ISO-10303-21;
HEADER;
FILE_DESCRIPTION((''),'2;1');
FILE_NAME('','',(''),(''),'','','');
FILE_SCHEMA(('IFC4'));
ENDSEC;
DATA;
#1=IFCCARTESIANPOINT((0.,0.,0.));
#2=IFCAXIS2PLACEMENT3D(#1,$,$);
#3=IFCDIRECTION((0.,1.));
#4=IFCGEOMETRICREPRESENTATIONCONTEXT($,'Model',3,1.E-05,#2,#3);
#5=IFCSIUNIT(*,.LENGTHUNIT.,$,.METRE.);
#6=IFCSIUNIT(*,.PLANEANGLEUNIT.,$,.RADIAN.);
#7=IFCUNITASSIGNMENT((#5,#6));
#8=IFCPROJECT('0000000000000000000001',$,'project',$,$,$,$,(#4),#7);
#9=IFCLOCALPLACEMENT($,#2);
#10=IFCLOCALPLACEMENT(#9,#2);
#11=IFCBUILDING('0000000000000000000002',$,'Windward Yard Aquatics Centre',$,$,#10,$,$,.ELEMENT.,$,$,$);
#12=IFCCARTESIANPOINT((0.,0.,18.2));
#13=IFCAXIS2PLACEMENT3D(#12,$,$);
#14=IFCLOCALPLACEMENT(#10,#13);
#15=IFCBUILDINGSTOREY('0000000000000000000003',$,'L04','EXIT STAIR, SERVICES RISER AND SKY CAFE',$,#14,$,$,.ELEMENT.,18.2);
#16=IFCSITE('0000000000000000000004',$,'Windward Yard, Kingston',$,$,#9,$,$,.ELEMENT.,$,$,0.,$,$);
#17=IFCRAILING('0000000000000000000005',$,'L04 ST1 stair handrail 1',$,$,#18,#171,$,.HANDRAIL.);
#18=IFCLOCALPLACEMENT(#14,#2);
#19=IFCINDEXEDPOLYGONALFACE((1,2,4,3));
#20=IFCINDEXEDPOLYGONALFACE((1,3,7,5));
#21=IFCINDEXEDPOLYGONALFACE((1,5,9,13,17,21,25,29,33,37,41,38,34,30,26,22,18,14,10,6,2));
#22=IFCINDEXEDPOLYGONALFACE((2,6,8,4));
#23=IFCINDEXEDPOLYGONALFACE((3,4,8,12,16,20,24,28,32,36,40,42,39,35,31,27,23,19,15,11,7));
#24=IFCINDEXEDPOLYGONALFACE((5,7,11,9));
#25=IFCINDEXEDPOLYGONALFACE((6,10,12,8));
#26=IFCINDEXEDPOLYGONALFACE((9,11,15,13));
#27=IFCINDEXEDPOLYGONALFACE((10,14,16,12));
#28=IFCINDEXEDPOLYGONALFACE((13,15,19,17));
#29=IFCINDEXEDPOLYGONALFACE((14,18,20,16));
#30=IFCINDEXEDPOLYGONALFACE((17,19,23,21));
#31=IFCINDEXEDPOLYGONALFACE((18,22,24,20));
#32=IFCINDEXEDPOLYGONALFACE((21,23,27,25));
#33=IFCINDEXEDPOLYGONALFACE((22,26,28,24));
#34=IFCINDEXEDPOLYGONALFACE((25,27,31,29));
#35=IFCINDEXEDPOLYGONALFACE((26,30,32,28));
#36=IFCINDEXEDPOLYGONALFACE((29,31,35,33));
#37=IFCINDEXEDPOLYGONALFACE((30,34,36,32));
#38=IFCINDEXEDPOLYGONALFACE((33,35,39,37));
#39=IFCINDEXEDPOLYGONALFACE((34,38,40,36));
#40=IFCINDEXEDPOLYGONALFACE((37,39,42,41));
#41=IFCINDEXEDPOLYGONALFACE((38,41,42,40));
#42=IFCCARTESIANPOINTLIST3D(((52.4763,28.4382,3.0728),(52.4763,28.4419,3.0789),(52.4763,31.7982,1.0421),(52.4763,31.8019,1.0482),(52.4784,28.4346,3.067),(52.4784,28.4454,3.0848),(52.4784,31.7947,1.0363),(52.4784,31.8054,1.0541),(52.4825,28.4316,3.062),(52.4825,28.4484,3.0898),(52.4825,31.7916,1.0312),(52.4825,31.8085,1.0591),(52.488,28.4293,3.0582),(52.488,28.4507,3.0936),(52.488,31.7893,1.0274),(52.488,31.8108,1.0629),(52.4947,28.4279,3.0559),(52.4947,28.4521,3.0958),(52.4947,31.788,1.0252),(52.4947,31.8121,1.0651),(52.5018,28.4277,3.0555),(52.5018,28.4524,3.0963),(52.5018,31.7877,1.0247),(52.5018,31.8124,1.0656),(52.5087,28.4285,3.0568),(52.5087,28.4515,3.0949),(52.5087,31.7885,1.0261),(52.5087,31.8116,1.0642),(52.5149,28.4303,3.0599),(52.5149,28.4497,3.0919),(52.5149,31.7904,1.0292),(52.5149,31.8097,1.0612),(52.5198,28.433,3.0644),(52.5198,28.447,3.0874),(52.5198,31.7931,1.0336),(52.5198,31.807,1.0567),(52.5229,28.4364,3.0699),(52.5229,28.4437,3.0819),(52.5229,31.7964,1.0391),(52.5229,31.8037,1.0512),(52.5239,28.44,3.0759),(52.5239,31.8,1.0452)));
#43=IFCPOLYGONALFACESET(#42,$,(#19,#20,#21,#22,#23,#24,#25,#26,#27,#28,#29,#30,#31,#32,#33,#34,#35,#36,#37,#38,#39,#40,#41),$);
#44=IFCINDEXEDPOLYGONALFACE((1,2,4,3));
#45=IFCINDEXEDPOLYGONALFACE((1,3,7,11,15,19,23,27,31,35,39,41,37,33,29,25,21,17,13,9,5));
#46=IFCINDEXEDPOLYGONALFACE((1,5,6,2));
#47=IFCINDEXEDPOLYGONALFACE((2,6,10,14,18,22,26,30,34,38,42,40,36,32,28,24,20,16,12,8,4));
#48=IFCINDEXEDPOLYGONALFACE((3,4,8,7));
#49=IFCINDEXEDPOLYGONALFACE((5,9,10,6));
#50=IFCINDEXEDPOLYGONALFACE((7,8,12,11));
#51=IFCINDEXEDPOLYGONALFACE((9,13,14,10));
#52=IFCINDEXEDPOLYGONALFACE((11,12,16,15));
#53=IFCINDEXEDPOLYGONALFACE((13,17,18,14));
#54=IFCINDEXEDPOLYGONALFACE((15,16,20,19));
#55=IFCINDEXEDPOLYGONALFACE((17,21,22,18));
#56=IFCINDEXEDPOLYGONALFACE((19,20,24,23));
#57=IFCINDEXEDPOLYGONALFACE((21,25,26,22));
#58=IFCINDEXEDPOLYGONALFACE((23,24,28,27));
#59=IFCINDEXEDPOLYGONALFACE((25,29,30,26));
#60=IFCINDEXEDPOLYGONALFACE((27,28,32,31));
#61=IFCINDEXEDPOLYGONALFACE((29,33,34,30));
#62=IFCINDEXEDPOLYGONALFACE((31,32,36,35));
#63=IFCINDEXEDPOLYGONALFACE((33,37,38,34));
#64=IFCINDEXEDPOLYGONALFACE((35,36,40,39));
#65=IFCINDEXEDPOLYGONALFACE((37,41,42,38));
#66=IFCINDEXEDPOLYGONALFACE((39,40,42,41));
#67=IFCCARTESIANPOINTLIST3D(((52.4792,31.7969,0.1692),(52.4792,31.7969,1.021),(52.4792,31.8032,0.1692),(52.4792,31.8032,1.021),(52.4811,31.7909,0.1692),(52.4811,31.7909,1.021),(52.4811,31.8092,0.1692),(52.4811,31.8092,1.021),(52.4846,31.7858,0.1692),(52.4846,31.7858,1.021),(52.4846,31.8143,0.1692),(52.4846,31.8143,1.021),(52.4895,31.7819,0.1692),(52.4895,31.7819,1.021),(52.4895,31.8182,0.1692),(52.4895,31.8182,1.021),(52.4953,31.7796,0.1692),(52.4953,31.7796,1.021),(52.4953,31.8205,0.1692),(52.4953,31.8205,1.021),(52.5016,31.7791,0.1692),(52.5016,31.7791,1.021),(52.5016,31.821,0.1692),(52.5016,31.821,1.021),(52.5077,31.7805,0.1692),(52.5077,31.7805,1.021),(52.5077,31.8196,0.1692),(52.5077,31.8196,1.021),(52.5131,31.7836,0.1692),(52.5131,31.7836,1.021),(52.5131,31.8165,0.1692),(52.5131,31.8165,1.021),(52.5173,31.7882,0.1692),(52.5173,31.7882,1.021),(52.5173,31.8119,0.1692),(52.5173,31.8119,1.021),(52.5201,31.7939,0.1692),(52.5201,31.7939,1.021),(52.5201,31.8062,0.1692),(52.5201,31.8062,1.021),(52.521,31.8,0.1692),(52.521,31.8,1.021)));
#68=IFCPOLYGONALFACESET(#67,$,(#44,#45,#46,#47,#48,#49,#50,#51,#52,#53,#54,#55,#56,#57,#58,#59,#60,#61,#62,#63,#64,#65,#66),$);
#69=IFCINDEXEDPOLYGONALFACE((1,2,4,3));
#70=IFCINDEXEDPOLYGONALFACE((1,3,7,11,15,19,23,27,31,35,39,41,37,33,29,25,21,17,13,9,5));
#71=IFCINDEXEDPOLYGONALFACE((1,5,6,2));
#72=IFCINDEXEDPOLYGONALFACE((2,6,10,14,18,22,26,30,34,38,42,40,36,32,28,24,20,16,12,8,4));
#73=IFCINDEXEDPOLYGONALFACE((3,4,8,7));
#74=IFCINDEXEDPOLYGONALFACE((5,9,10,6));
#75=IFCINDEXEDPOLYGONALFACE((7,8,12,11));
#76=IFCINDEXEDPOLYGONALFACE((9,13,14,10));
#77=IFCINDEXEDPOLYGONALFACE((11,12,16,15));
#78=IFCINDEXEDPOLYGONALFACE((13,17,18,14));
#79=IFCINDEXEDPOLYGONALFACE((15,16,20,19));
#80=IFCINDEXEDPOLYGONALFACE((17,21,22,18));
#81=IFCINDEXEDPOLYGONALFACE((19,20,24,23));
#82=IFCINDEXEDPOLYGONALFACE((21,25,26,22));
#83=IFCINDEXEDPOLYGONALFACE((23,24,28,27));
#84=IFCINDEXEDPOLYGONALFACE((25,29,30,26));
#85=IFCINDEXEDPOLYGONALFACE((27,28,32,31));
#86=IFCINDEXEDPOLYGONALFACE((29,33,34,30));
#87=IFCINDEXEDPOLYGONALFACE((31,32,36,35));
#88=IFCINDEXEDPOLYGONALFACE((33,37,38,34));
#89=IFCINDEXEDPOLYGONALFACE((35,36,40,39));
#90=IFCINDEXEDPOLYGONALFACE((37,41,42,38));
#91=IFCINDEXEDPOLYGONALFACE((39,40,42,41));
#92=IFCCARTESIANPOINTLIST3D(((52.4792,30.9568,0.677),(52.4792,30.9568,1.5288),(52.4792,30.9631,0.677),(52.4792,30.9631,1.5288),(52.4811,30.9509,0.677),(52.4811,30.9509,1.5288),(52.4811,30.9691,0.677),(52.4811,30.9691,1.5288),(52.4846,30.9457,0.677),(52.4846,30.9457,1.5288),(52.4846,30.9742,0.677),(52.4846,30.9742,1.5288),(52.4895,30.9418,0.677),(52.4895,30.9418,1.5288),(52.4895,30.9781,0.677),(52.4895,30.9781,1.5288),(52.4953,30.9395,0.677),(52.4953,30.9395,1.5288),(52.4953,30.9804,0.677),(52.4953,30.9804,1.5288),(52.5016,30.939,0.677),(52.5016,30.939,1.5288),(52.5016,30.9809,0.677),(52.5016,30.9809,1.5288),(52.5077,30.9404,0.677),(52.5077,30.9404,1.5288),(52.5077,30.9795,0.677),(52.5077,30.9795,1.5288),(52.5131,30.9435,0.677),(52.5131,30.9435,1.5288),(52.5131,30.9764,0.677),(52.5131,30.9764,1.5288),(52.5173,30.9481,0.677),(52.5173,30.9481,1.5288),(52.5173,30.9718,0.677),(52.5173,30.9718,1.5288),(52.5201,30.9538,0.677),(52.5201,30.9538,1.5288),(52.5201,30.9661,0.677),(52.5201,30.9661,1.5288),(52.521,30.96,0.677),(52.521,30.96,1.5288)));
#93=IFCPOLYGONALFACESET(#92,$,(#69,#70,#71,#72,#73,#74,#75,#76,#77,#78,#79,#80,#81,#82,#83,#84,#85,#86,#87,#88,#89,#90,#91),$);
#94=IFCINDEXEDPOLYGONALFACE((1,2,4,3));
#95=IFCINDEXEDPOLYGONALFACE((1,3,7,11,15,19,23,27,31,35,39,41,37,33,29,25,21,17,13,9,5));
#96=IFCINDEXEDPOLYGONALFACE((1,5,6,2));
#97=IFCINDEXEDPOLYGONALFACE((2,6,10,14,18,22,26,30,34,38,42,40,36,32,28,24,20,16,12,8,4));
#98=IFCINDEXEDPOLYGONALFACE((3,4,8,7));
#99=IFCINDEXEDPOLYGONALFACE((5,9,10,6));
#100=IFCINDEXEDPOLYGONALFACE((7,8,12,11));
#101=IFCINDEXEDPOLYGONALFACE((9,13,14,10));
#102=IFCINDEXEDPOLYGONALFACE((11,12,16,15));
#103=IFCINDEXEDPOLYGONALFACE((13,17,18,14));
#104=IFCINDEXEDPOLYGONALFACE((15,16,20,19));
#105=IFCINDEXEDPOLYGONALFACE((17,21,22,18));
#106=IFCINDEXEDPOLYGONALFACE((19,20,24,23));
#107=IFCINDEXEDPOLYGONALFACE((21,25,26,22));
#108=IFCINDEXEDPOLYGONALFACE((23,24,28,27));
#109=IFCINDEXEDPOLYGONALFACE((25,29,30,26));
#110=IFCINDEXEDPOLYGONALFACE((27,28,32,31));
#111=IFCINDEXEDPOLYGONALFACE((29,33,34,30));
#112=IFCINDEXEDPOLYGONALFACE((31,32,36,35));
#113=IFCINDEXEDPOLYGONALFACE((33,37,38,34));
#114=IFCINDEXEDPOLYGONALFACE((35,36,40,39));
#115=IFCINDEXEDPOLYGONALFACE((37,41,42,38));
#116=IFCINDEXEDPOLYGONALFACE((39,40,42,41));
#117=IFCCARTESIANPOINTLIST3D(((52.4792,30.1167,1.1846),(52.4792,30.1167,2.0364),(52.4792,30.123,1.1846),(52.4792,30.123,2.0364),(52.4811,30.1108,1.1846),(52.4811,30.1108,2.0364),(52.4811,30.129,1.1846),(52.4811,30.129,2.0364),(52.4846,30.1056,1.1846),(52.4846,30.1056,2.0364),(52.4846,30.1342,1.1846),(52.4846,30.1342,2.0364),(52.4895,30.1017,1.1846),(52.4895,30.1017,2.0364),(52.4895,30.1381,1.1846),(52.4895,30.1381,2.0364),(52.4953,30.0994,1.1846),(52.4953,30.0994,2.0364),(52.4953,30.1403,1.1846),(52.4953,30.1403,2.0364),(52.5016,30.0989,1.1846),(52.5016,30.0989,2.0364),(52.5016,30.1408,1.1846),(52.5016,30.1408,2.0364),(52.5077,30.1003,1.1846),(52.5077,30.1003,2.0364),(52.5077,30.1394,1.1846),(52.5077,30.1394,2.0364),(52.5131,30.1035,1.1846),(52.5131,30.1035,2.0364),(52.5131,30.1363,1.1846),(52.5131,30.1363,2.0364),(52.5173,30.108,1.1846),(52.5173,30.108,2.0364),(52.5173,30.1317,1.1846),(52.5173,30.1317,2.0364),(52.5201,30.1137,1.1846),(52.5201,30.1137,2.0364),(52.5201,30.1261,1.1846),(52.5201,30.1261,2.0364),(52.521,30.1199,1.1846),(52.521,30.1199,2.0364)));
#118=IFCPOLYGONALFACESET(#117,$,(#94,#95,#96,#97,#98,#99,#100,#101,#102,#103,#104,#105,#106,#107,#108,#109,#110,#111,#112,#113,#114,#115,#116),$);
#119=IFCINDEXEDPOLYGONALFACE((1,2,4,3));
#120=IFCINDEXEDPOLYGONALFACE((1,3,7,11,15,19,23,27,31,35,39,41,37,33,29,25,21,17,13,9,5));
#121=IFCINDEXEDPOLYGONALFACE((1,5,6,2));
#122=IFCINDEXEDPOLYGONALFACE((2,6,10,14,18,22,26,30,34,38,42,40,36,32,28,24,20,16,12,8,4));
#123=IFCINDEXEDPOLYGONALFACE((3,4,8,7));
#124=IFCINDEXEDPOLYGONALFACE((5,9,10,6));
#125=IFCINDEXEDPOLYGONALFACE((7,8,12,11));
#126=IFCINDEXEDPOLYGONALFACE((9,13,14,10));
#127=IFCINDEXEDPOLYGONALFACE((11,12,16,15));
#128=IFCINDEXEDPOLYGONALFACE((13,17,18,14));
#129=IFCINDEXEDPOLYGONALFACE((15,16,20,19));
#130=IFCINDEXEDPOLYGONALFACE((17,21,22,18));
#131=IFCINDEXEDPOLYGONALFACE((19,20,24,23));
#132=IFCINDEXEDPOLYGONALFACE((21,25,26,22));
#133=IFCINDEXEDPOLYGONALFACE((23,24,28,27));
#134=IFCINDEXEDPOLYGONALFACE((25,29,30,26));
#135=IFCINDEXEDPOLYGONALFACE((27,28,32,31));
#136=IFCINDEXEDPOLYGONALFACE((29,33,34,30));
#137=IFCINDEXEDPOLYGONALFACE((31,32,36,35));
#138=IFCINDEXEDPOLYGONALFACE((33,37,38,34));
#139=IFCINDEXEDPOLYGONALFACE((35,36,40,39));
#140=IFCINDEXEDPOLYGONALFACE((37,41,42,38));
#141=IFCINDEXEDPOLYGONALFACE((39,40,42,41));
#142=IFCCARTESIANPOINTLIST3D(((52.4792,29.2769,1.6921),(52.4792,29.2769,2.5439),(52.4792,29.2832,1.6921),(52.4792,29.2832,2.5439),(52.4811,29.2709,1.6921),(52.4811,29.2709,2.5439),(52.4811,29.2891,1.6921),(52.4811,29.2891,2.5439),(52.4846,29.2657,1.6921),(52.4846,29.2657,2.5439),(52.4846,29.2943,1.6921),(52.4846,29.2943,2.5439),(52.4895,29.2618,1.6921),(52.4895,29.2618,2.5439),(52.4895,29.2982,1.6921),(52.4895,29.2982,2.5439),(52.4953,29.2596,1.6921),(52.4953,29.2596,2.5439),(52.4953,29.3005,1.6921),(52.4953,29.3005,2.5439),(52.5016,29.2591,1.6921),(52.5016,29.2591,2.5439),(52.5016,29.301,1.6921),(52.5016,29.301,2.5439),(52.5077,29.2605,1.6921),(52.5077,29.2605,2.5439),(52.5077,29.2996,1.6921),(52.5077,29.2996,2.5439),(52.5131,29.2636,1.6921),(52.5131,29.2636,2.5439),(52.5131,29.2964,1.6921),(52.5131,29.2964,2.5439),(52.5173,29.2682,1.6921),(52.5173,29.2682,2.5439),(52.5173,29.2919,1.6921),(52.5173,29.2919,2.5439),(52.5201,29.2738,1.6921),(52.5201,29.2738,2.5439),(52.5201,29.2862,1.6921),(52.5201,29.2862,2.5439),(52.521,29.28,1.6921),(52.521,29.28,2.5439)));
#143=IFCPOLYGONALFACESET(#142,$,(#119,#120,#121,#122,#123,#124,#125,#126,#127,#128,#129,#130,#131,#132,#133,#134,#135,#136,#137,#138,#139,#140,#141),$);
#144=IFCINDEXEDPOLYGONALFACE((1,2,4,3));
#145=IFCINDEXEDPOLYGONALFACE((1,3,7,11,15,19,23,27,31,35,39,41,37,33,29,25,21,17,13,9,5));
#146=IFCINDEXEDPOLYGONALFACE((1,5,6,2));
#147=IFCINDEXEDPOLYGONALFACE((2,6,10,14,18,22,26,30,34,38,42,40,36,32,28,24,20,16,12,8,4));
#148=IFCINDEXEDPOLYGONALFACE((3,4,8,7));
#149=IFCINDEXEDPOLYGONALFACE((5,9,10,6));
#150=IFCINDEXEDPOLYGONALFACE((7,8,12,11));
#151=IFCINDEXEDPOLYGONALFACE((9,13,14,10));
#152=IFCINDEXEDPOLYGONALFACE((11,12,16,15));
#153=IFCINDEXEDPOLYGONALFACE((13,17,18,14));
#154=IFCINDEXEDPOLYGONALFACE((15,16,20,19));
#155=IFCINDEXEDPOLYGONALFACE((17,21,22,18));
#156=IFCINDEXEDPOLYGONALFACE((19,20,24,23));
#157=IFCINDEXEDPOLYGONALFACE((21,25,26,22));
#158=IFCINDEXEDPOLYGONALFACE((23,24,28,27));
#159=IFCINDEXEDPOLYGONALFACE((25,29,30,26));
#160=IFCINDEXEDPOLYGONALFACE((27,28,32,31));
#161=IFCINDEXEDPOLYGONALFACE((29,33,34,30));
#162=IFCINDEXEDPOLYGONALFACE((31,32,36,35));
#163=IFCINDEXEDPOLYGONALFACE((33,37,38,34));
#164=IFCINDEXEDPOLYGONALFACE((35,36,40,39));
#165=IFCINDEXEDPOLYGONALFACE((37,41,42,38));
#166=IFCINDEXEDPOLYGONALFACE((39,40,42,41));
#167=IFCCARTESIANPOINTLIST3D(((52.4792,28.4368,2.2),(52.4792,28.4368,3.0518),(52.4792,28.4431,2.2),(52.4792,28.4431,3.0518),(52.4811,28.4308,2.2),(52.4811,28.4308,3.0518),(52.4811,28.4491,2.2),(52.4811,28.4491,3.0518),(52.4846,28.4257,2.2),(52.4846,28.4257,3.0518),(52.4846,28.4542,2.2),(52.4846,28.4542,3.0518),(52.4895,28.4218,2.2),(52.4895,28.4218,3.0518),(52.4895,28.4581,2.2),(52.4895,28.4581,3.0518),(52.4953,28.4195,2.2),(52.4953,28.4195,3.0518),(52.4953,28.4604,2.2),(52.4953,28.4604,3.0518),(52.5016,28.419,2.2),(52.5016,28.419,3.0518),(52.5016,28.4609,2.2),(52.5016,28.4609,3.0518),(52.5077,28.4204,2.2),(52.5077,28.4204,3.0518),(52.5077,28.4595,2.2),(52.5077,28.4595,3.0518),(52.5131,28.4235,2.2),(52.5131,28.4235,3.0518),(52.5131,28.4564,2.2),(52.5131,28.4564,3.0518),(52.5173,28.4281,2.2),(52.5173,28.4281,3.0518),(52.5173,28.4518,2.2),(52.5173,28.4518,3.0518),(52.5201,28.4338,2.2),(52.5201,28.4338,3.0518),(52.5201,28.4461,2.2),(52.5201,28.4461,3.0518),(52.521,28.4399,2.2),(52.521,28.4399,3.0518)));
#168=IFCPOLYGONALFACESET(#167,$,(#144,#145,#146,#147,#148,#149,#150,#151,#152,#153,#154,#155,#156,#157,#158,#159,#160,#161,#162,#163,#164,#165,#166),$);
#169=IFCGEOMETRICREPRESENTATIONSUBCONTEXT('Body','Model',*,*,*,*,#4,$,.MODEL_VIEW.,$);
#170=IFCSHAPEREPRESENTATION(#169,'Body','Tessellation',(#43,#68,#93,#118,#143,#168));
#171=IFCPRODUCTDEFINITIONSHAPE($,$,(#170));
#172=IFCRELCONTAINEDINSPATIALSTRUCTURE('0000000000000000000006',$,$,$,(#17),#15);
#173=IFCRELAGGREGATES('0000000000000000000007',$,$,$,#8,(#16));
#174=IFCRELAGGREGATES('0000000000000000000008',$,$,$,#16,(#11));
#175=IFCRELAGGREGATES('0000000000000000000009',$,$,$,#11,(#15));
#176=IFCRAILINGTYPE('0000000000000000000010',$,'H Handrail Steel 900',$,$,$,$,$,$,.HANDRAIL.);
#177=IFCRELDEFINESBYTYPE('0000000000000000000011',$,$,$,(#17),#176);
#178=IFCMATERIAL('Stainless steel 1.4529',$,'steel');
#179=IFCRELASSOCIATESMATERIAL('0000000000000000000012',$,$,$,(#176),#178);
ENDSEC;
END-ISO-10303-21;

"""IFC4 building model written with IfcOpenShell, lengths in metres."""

from ifc_helpers import new_model, si_unit, direction, frame, origin, origin_2d, place, context, subcontext, project, spatial, circle, extrude, material, type_object, element, save


model = new_model("IFC4")

# Units and contexts
model_context = context("Model", 3, precision=1e-05, world=origin(), true_north=direction((0.0, 1.0)))
body_context = subcontext(model_context, "Body", "Model", "MODEL_VIEW")
ifc_project = project(units=[si_unit("LENGTHUNIT", "METRE"), si_unit("PLANEANGLEUNIT", "RADIAN")], contexts=[model_context])

# Site, building, storey
site_placement = place(None, origin())
site = spatial("IfcSite", under=ifc_project, at=site_placement, Name="Windward Yard, Kingston", CompositionType="ELEMENT", RefElevation=0.0)
building_placement = place(site_placement, origin())
building = spatial("IfcBuilding", under=site, at=building_placement, Name="Windward Yard Aquatics Centre", CompositionType="ELEMENT")
storey_placement = place(building_placement, frame((0.0, 0.0, 18.2)))
storey = spatial("IfcBuildingStorey", under=building, at=storey_placement, Name="L04", Description="EXIT STAIR, SERVICES RISER AND SKY CAFE", CompositionType="ELEMENT", Elevation=18.2)

# Railing
ifc_material_1 = material(Name="Stainless steel 1.4529", Category="steel")
railing_type_1 = type_object("IfcRailingType", Name="H Handrail Steel 900", PredefinedType="HANDRAIL", material=ifc_material_1)
railing_1_placement = place(storey_placement, frame((52.5, 31.8, 0.1692)))
element("IfcRailing", 1, at=railing_1_placement, inside=storey, type_object=railing_type_1, Name="L04 ST1 stair handrail 1", PredefinedType="HANDRAIL", context=body_context, shape_type="SweptSolid", body=[
    extrude(circle(Radius=0.0239, at=origin_2d()), frame((0.0, 0.0, 0.876), z_axis=(0.0, -0.855837, 0.517246), x_axis=(1.0, 0.0, 0.0)), (0.0, 0.0, 1.0), 3.926),
    extrude(circle(Radius=0.021, at=origin_2d()), origin(), (0.0, 0.0, 1.0), 0.8518),
    extrude(circle(Radius=0.021, at=origin_2d()), frame((0.0, -0.8401, 0.5078)), (0.0, 0.0, 1.0), 0.8518),
    extrude(circle(Radius=0.021, at=origin_2d()), frame((0.0, -1.6802, 1.0154)), (0.0, 0.0, 1.0), 0.8518),
    extrude(circle(Radius=0.021, at=origin_2d()), frame((0.0, -2.52, 1.5229)), (0.0, 0.0, 1.0), 0.8518),
    extrude(circle(Radius=0.021, at=origin_2d()), frame((0.0, -3.3601, 2.0308)), (0.0, 0.0, 1.0), 0.8518),
])

save(model, "model.ifc")
